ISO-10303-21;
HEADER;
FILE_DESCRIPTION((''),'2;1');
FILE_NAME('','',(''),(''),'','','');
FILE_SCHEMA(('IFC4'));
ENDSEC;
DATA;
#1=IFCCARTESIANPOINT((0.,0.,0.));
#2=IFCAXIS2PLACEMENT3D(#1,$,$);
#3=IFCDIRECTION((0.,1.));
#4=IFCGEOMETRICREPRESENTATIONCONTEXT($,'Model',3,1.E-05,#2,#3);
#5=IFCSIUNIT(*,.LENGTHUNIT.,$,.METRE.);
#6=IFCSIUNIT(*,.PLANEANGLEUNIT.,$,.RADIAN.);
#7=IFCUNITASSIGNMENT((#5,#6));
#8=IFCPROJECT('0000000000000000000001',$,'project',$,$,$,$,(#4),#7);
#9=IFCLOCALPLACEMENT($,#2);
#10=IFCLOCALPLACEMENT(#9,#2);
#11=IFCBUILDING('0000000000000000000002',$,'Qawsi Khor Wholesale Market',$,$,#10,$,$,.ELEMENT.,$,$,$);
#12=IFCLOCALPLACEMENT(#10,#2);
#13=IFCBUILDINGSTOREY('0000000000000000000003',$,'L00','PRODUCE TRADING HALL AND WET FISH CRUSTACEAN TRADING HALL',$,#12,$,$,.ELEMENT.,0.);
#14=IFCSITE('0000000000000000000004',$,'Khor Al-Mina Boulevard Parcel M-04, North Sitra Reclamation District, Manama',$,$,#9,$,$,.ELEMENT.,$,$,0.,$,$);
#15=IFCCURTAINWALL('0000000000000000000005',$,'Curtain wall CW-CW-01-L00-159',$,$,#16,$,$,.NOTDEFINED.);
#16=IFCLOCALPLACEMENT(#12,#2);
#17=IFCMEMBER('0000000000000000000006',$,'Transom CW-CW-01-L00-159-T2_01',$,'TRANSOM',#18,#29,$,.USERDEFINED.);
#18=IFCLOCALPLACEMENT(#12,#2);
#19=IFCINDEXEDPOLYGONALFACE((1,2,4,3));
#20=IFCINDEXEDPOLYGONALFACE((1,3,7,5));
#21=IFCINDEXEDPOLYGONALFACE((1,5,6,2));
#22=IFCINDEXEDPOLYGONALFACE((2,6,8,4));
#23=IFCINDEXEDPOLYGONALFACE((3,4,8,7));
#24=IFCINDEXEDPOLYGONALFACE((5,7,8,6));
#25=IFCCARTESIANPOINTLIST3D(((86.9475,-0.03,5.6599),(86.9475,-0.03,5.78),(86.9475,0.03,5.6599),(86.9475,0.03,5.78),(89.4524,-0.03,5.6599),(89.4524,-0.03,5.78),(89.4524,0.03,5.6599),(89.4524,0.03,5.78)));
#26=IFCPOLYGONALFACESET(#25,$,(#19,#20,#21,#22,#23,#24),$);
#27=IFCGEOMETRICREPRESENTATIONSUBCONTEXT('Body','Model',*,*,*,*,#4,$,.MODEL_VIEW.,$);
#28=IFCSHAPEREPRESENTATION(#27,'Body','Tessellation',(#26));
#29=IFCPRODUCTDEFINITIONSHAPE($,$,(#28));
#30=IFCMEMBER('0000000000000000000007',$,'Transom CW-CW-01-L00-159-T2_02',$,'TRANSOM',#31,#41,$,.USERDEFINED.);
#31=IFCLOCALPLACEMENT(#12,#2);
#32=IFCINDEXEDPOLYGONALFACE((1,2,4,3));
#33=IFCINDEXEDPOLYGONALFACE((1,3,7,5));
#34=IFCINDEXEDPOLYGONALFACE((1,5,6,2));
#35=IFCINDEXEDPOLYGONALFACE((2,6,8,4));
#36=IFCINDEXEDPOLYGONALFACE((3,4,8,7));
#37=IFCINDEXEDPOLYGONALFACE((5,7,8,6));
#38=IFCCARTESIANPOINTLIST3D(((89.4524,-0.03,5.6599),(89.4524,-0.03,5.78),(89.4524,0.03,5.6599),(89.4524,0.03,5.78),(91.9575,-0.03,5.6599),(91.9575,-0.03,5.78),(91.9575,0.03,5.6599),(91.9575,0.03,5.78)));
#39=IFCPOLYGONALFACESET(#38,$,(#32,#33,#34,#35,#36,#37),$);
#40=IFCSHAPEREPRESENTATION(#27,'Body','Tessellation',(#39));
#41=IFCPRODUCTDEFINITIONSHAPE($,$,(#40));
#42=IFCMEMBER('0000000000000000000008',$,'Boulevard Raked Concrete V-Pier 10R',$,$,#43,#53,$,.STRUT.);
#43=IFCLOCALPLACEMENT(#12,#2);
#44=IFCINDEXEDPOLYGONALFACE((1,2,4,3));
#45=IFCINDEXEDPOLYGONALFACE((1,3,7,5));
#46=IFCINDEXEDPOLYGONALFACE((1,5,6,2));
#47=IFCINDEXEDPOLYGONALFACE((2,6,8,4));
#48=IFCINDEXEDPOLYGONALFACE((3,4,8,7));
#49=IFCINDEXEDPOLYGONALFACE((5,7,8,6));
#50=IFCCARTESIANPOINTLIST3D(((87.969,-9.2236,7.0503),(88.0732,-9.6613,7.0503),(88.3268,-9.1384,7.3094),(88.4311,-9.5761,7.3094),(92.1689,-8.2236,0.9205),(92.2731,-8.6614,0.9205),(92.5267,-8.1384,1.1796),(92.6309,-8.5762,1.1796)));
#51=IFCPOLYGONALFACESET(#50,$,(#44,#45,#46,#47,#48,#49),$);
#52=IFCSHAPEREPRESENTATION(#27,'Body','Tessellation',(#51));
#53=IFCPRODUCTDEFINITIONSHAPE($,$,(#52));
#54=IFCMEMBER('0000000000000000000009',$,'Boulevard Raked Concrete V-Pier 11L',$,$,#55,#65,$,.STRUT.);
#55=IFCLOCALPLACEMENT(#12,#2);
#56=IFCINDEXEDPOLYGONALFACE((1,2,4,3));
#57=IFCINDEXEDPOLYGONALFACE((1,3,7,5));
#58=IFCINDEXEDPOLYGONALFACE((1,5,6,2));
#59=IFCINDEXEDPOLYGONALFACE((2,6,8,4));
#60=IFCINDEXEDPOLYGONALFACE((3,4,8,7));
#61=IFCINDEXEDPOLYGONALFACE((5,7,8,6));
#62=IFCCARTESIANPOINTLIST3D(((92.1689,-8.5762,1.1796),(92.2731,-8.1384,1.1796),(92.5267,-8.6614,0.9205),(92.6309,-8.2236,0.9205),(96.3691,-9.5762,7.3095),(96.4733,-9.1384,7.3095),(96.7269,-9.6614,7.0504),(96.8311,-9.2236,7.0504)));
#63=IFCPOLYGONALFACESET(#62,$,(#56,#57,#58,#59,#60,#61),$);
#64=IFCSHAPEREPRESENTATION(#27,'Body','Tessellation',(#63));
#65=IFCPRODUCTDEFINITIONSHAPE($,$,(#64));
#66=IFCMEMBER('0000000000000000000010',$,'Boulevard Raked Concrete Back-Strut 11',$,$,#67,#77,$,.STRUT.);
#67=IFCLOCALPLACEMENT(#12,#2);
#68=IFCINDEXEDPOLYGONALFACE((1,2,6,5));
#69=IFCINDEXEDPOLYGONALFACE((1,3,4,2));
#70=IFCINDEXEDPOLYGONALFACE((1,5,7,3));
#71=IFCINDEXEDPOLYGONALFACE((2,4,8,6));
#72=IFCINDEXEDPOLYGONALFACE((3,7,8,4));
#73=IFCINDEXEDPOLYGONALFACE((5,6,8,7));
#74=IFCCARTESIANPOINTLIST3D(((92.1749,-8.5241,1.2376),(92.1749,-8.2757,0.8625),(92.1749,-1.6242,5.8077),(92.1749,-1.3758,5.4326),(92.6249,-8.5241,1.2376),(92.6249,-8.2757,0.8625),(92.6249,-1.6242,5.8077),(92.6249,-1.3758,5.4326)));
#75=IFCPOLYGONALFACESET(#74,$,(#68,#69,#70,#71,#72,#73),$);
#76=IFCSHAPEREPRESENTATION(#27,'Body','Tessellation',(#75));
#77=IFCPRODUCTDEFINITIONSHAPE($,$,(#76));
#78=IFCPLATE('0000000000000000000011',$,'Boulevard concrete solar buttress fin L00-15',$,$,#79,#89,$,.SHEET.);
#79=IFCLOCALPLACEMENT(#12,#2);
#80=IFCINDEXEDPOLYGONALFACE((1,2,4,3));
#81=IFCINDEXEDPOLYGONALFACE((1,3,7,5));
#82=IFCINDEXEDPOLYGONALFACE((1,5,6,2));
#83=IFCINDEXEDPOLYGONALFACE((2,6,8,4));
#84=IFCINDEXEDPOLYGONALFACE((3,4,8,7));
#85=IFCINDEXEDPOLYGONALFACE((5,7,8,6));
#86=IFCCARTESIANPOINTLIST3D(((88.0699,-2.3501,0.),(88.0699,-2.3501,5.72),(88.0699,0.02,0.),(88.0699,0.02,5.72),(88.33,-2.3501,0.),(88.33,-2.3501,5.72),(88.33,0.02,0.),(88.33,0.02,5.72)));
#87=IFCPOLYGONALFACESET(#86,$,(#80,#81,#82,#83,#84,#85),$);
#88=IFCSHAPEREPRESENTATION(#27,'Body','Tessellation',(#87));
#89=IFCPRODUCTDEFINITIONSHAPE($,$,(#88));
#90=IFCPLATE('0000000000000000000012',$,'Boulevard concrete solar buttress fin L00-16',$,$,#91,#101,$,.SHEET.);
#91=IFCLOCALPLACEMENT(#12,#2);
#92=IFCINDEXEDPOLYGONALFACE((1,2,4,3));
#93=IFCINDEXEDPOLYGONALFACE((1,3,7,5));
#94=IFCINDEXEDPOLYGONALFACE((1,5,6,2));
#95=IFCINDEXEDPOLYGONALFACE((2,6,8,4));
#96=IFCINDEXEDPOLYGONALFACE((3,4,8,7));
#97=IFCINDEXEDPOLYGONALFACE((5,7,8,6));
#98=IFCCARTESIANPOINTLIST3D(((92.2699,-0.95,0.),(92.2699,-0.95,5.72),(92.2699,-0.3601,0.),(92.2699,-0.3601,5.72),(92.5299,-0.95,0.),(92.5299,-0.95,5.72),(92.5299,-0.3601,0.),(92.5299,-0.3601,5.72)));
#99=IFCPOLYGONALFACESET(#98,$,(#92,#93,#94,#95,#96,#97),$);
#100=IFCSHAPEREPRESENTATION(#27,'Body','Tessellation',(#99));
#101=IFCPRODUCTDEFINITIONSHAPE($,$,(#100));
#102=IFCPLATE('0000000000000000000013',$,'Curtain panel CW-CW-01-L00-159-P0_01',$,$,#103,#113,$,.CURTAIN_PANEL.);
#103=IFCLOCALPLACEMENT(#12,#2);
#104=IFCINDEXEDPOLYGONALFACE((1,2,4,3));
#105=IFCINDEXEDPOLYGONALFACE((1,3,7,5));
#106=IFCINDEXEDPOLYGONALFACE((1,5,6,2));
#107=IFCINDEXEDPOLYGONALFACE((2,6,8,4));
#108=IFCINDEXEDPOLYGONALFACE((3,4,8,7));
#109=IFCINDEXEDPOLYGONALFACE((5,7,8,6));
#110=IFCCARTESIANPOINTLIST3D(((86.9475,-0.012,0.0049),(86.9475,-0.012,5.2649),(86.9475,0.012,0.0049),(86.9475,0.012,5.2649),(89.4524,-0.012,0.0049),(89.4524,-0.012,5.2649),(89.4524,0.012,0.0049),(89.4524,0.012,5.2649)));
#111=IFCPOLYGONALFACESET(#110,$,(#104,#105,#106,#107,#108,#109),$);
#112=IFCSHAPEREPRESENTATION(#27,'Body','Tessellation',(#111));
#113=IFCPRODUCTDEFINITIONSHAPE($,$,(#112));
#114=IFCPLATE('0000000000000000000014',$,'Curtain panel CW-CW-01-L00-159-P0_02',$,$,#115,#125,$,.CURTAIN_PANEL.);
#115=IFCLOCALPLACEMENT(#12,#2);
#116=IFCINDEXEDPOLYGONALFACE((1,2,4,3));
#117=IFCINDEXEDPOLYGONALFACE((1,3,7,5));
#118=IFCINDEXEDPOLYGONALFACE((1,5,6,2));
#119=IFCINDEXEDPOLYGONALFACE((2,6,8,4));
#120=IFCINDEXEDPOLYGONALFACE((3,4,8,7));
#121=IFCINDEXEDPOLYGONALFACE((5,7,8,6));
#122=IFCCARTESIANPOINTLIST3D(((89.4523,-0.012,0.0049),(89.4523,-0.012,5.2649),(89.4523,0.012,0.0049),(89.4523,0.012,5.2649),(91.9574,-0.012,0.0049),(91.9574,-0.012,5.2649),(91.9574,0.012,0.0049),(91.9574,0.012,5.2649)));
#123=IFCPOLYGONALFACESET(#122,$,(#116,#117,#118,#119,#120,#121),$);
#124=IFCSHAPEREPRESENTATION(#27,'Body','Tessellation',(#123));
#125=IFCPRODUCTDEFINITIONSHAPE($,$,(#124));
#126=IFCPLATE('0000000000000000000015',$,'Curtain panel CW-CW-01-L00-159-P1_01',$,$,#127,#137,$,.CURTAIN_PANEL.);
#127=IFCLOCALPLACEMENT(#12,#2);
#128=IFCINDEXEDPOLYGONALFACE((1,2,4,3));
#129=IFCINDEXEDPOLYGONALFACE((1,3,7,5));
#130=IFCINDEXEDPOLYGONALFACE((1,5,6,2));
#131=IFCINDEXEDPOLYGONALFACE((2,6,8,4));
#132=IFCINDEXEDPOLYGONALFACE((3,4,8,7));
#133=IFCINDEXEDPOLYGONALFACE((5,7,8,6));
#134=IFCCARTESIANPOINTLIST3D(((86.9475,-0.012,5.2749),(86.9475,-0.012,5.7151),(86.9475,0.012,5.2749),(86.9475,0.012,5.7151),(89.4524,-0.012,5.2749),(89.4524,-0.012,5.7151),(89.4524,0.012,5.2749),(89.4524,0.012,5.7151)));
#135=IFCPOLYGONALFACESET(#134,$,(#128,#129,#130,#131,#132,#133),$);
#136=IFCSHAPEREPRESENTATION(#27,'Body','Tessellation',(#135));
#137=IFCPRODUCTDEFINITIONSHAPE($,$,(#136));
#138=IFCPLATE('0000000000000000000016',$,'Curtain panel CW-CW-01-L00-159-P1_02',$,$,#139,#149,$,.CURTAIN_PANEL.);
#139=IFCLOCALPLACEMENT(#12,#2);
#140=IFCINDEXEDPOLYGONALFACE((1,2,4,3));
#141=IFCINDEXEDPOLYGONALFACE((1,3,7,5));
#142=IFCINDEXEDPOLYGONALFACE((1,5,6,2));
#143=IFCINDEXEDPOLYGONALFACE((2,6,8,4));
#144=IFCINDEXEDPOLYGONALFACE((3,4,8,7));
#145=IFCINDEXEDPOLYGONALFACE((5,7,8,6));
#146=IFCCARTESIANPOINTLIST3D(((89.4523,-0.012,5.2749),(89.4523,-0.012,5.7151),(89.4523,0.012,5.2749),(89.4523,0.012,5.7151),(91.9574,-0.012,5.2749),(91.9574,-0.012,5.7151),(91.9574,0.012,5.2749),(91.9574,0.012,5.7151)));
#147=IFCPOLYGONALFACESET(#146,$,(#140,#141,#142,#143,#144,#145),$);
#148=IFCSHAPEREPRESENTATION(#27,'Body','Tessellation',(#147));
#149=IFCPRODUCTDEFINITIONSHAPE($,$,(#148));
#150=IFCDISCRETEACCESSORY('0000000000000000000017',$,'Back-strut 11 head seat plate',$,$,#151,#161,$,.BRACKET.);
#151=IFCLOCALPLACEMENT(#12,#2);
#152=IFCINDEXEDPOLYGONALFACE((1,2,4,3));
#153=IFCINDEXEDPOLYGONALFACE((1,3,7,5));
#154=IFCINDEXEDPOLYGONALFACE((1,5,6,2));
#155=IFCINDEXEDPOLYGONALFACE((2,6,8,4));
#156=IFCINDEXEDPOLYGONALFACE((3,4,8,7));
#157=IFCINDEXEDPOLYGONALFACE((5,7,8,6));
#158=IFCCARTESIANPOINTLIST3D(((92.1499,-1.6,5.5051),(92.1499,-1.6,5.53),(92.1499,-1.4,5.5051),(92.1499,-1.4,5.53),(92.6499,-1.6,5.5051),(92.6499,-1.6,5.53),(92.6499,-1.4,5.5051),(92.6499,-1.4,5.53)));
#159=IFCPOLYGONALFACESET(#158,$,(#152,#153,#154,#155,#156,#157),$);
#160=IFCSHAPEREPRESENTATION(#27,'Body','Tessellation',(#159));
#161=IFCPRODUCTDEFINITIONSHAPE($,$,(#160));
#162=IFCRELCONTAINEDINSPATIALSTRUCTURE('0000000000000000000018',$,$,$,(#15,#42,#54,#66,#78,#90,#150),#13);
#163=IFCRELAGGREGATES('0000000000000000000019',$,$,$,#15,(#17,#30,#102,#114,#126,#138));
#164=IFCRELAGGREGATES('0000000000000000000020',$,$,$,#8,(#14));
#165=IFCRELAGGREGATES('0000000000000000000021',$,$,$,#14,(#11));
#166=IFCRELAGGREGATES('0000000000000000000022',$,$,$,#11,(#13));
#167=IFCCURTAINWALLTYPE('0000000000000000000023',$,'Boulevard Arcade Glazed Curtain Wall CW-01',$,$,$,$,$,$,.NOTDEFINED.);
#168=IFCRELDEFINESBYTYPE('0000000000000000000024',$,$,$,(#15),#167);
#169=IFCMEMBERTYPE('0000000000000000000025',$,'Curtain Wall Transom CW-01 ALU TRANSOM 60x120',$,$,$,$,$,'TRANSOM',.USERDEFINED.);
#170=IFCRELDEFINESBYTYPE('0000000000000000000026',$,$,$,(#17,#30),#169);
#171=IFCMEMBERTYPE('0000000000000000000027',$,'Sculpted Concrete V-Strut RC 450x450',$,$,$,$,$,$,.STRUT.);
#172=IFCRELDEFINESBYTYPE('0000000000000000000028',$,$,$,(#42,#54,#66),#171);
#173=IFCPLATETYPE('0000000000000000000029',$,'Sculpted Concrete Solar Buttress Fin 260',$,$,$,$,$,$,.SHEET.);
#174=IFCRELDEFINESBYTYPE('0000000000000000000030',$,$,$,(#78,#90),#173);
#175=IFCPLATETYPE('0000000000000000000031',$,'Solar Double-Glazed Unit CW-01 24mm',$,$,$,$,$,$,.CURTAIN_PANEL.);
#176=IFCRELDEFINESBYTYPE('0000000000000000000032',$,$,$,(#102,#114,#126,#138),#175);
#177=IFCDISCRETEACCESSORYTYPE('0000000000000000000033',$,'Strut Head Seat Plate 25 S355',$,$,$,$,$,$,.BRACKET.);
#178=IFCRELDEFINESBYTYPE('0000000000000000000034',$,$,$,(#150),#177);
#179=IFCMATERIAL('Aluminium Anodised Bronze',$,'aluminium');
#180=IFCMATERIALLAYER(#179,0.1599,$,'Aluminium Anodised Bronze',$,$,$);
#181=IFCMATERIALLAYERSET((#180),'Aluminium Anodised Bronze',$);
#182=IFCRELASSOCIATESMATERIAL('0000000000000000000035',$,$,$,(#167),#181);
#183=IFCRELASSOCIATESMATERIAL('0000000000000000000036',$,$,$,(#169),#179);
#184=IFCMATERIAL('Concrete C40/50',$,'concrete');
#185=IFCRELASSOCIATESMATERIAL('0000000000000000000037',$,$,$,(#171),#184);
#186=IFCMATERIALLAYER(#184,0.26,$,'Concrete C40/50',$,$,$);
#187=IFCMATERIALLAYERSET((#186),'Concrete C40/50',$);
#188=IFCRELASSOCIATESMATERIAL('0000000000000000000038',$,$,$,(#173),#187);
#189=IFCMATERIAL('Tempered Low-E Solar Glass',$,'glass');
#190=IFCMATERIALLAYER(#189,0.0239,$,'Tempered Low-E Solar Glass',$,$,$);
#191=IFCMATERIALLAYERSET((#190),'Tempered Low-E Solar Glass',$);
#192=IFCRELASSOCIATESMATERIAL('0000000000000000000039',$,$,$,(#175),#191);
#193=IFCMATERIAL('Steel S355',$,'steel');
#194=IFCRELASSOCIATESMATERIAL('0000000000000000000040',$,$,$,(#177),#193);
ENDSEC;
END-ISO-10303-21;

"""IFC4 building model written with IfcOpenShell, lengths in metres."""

from ifc_helpers import new_model, si_unit, direction, frame, frame_2d, origin, origin_2d, place, context, subcontext, project, spatial, rectangle, extrude, material, layer, layer_set, material_profile, profile_set, type_object, element, aggregate, save


model = new_model("IFC4")

# Units and contexts
model_context = context("Model", 3, precision=1e-05, world=origin(), true_north=direction((0.0, 1.0)))
body_context = subcontext(model_context, "Body", "Model", "MODEL_VIEW")
ifc_project = project(units=[si_unit("LENGTHUNIT", "METRE"), si_unit("PLANEANGLEUNIT", "RADIAN")], contexts=[model_context])

# Site, building, storey
site_placement = place(None, origin())
site = spatial("IfcSite", under=ifc_project, at=site_placement, Name="Khor Al-Mina Boulevard Parcel M-04, North Sitra Reclamation District, Manama", CompositionType="ELEMENT", RefElevation=0.0)
building_placement = place(site_placement, origin())
building = spatial("IfcBuilding", under=site, at=building_placement, Name="Qawsi Khor Wholesale Market", CompositionType="ELEMENT")
storey_placement = place(building_placement, origin())
storey = spatial("IfcBuildingStorey", under=building, at=storey_placement, Name="L00", Description="PRODUCE TRADING HALL AND WET FISH CRUSTACEAN TRADING HALL", CompositionType="ELEMENT", Elevation=0.0)

# Shared definitions
ifc_material_1 = material(Name="Concrete C40/50", Category="concrete")

# Curtain wall, members
ifc_material_2 = material(Name="Aluminium Anodised Bronze", Category="aluminium")
ifc_layer_1 = layer(ifc_material_2, 0.1599, Name="Aluminium Anodised Bronze")
ifc_layer_set_1 = layer_set([ifc_layer_1], Name="Aluminium Anodised Bronze")
curtain_wall_type = type_object("IfcCurtainWallType", Name="Boulevard Arcade Glazed Curtain Wall CW-01", PredefinedType="NOTDEFINED", material=ifc_layer_set_1)
curtain_wall_placement = place(storey_placement, origin())
curtain_wall = element("IfcCurtainWall", 1, at=curtain_wall_placement, inside=storey, type_object=curtain_wall_type, Name="Curtain wall CW-CW-01-L00-159", PredefinedType="NOTDEFINED")
ifc_material_profile_1 = material_profile(ifc_material_2, rectangle(XDim=0.0601, YDim=0.1201, at=origin_2d()), Name="ALU TRANSOM 60x120")
ifc_profile_set_1 = profile_set([ifc_material_profile_1], Name="Aluminium Anodised Bronze")
member_type_1 = type_object("IfcMemberType", Name="Curtain Wall Transom CW-01 ALU TRANSOM 60x120", ElementType="TRANSOM", PredefinedType="USERDEFINED", material=ifc_profile_set_1)
member_1_placement = place(storey_placement, frame((86.9475, 0.0, 5.72), z_axis=(1.0, 0.0, 0.0), x_axis=(0.0, 1.0, 0.0)))
member_1 = element("IfcMember", 2, at=member_1_placement, type_object=member_type_1, Name="Transom CW-CW-01-L00-159-T2_01", ObjectType="TRANSOM", PredefinedType="USERDEFINED", context=body_context, shape_type="SweptSolid", body=[
    extrude(rectangle(XDim=0.0601, YDim=0.1201, at=origin_2d()), origin(), (0.0, 0.0, 1.0), 2.5049),
])
member_2_placement = place(storey_placement, frame((89.4524, 0.0, 5.72), z_axis=(1.0, 0.0, 0.0), x_axis=(0.0, 1.0, 0.0)))
member_2 = element("IfcMember", 3, at=member_2_placement, type_object=member_type_1, Name="Transom CW-CW-01-L00-159-T2_02", ObjectType="TRANSOM", PredefinedType="USERDEFINED", context=body_context, shape_type="SweptSolid", body=[
    extrude(rectangle(XDim=0.0601, YDim=0.1201, at=origin_2d()), origin(), (0.0, 0.0, 1.0), 2.5051),
])

# Members
ifc_material_profile_2 = material_profile(ifc_material_1, rectangle(XDim=0.45, YDim=0.45, at=origin_2d()), Name="RC 450x450")
ifc_profile_set_2 = profile_set([ifc_material_profile_2], Name="Concrete C40/50")
member_type_2 = type_object("IfcMemberType", Name="Sculpted Concrete V-Strut RC 450x450", PredefinedType="STRUT", material=ifc_profile_set_2)
member_3_placement = place(storey_placement, frame((92.3999, -8.3999, 1.05), z_axis=(-0.560168, -0.133375, 0.817572), x_axis=(0.231623, -0.972806, 0.0)))
element("IfcMember", 4, at=member_3_placement, inside=storey, type_object=member_type_2, Name="Boulevard Raked Concrete V-Pier 10R", PredefinedType="STRUT", context=body_context, shape_type="SweptSolid", body=[
    extrude(rectangle(XDim=0.45, YDim=0.45, at=origin_2d()), origin(), (0.0, 0.0, 1.0), 7.4976),
])
member_4_placement = place(storey_placement, frame((92.3999, -8.3999, 1.05), z_axis=(0.56019, -0.133372, 0.817557), x_axis=(0.23161, 0.972809, 0.0)))
element("IfcMember", 5, at=member_4_placement, inside=storey, type_object=member_type_2, Name="Boulevard Raked Concrete V-Pier 11L", PredefinedType="STRUT", context=body_context, shape_type="SweptSolid", body=[
    extrude(rectangle(XDim=0.45, YDim=0.45, at=origin_2d()), origin(), (0.0, 0.0, 1.0), 7.4978),
])
member_5_placement = place(storey_placement, frame((92.3999, -8.3999, 1.05), z_axis=(0.0, 0.833712, 0.552199), x_axis=(-1.0, 0.0, 0.0)))
element("IfcMember", 6, at=member_5_placement, inside=storey, type_object=member_type_2, Name="Boulevard Raked Concrete Back-Strut 11", PredefinedType="STRUT", context=body_context, shape_type="SweptSolid", body=[
    extrude(rectangle(XDim=0.45, YDim=0.45, at=origin_2d()), origin(), (0.0, 0.0, 1.0), 8.2761),
])

# Plates
ifc_layer_2 = layer(ifc_material_1, 0.26, Name="Concrete C40/50")
ifc_layer_set_2 = layer_set([ifc_layer_2], Name="Concrete C40/50")
plate_type_1 = type_object("IfcPlateType", Name="Sculpted Concrete Solar Buttress Fin 260", PredefinedType="SHEET", material=ifc_layer_set_2)
plate_1_placement = place(storey_placement, frame((88.2, -2.3501, 0.0), z_axis=(0.0, 0.0, 1.0), x_axis=(0.0, 1.0, 0.0)))
element("IfcPlate", 7, at=plate_1_placement, inside=storey, type_object=plate_type_1, Name="Boulevard concrete solar buttress fin L00-15", PredefinedType="SHEET", context=body_context, shape_type="SweptSolid", body=[
    extrude(rectangle(XDim=2.3701, YDim=0.26, at=frame_2d((1.1851, 0.0))), origin(), (0.0, 0.0, 1.0), 5.72),
])
plate_2_placement = place(storey_placement, frame((92.3999, -0.95, 0.0), z_axis=(0.0, 0.0, 1.0), x_axis=(0.0, 1.0, 0.0)))
element("IfcPlate", 8, at=plate_2_placement, inside=storey, type_object=plate_type_1, Name="Boulevard concrete solar buttress fin L00-16", PredefinedType="SHEET", context=body_context, shape_type="SweptSolid", body=[
    extrude(rectangle(XDim=0.5898, YDim=0.26, at=frame_2d((0.2949, 0.0))), origin(), (0.0, 0.0, 1.0), 5.72),
])

# Plates
ifc_material_3 = material(Name="Tempered Low-E Solar Glass", Category="glass")
ifc_layer_3 = layer(ifc_material_3, 0.0239, Name="Tempered Low-E Solar Glass")
ifc_layer_set_3 = layer_set([ifc_layer_3], Name="Tempered Low-E Solar Glass")
plate_type_2 = type_object("IfcPlateType", Name="Solar Double-Glazed Unit CW-01 24mm", PredefinedType="CURTAIN_PANEL", material=ifc_layer_set_3)
plate_3_placement = place(storey_placement, frame((86.9475, 0.0, 0.0049), z_axis=(0.0, 0.0, 1.0), x_axis=(1.0, 0.0, 0.0)))
plate_3 = element("IfcPlate", 9, at=plate_3_placement, type_object=plate_type_2, Name="Curtain panel CW-CW-01-L00-159-P0_01", PredefinedType="CURTAIN_PANEL", context=body_context, shape_type="SweptSolid", body=[
    extrude(rectangle(XDim=2.5049, YDim=0.0239, at=frame_2d((1.2524, 0.0))), origin(), (0.0, 0.0, 1.0), 5.26),
])
plate_4_placement = place(storey_placement, frame((89.4524, 0.0, 0.0049), z_axis=(0.0, 0.0, 1.0), x_axis=(1.0, 0.0, 0.0)))
plate_4 = element("IfcPlate", 10, at=plate_4_placement, type_object=plate_type_2, Name="Curtain panel CW-CW-01-L00-159-P0_02", PredefinedType="CURTAIN_PANEL", context=body_context, shape_type="SweptSolid", body=[
    extrude(rectangle(XDim=2.5051, YDim=0.0239, at=frame_2d((1.2524, 0.0))), origin(), (0.0, 0.0, 1.0), 5.26),
])
plate_5_placement = place(storey_placement, frame((86.9475, 0.0, 5.2749), z_axis=(0.0, 0.0, 1.0), x_axis=(1.0, 0.0, 0.0)))
plate_5 = element("IfcPlate", 11, at=plate_5_placement, type_object=plate_type_2, Name="Curtain panel CW-CW-01-L00-159-P1_01", PredefinedType="CURTAIN_PANEL", context=body_context, shape_type="SweptSolid", body=[
    extrude(rectangle(XDim=2.5049, YDim=0.0239, at=frame_2d((1.2524, 0.0))), origin(), (0.0, 0.0, 1.0), 0.4402),
])
plate_6_placement = place(storey_placement, frame((89.4524, 0.0, 5.2749), z_axis=(0.0, 0.0, 1.0), x_axis=(1.0, 0.0, 0.0)))
plate_6 = element("IfcPlate", 12, at=plate_6_placement, type_object=plate_type_2, Name="Curtain panel CW-CW-01-L00-159-P1_02", PredefinedType="CURTAIN_PANEL", context=body_context, shape_type="SweptSolid", body=[
    extrude(rectangle(XDim=2.5051, YDim=0.0239, at=frame_2d((1.2524, 0.0))), origin(), (0.0, 0.0, 1.0), 0.4402),
])
aggregate(curtain_wall, [member_1, member_2, plate_3, plate_4, plate_5, plate_6])

# Discrete accessory
ifc_material_4 = material(Name="Steel S355", Category="steel")
discrete_accessory_type = type_object("IfcDiscreteAccessoryType", Name="Strut Head Seat Plate 25 S355", PredefinedType="BRACKET", material=ifc_material_4)
discrete_accessory_placement = place(storey_placement, frame((92.3999, -1.5, 5.5051), z_axis=(0.0, 0.0, 1.0), x_axis=(1.0, 0.0, 0.0)))
element("IfcDiscreteAccessory", 13, at=discrete_accessory_placement, inside=storey, type_object=discrete_accessory_type, Name="Back-strut 11 head seat plate", PredefinedType="BRACKET", context=body_context, shape_type="SweptSolid", body=[
    extrude(rectangle(XDim=0.5, YDim=0.2, at=origin_2d()), origin(), (0.0, 0.0, 1.0), 0.0249),
])

save(model, "model.ifc")
